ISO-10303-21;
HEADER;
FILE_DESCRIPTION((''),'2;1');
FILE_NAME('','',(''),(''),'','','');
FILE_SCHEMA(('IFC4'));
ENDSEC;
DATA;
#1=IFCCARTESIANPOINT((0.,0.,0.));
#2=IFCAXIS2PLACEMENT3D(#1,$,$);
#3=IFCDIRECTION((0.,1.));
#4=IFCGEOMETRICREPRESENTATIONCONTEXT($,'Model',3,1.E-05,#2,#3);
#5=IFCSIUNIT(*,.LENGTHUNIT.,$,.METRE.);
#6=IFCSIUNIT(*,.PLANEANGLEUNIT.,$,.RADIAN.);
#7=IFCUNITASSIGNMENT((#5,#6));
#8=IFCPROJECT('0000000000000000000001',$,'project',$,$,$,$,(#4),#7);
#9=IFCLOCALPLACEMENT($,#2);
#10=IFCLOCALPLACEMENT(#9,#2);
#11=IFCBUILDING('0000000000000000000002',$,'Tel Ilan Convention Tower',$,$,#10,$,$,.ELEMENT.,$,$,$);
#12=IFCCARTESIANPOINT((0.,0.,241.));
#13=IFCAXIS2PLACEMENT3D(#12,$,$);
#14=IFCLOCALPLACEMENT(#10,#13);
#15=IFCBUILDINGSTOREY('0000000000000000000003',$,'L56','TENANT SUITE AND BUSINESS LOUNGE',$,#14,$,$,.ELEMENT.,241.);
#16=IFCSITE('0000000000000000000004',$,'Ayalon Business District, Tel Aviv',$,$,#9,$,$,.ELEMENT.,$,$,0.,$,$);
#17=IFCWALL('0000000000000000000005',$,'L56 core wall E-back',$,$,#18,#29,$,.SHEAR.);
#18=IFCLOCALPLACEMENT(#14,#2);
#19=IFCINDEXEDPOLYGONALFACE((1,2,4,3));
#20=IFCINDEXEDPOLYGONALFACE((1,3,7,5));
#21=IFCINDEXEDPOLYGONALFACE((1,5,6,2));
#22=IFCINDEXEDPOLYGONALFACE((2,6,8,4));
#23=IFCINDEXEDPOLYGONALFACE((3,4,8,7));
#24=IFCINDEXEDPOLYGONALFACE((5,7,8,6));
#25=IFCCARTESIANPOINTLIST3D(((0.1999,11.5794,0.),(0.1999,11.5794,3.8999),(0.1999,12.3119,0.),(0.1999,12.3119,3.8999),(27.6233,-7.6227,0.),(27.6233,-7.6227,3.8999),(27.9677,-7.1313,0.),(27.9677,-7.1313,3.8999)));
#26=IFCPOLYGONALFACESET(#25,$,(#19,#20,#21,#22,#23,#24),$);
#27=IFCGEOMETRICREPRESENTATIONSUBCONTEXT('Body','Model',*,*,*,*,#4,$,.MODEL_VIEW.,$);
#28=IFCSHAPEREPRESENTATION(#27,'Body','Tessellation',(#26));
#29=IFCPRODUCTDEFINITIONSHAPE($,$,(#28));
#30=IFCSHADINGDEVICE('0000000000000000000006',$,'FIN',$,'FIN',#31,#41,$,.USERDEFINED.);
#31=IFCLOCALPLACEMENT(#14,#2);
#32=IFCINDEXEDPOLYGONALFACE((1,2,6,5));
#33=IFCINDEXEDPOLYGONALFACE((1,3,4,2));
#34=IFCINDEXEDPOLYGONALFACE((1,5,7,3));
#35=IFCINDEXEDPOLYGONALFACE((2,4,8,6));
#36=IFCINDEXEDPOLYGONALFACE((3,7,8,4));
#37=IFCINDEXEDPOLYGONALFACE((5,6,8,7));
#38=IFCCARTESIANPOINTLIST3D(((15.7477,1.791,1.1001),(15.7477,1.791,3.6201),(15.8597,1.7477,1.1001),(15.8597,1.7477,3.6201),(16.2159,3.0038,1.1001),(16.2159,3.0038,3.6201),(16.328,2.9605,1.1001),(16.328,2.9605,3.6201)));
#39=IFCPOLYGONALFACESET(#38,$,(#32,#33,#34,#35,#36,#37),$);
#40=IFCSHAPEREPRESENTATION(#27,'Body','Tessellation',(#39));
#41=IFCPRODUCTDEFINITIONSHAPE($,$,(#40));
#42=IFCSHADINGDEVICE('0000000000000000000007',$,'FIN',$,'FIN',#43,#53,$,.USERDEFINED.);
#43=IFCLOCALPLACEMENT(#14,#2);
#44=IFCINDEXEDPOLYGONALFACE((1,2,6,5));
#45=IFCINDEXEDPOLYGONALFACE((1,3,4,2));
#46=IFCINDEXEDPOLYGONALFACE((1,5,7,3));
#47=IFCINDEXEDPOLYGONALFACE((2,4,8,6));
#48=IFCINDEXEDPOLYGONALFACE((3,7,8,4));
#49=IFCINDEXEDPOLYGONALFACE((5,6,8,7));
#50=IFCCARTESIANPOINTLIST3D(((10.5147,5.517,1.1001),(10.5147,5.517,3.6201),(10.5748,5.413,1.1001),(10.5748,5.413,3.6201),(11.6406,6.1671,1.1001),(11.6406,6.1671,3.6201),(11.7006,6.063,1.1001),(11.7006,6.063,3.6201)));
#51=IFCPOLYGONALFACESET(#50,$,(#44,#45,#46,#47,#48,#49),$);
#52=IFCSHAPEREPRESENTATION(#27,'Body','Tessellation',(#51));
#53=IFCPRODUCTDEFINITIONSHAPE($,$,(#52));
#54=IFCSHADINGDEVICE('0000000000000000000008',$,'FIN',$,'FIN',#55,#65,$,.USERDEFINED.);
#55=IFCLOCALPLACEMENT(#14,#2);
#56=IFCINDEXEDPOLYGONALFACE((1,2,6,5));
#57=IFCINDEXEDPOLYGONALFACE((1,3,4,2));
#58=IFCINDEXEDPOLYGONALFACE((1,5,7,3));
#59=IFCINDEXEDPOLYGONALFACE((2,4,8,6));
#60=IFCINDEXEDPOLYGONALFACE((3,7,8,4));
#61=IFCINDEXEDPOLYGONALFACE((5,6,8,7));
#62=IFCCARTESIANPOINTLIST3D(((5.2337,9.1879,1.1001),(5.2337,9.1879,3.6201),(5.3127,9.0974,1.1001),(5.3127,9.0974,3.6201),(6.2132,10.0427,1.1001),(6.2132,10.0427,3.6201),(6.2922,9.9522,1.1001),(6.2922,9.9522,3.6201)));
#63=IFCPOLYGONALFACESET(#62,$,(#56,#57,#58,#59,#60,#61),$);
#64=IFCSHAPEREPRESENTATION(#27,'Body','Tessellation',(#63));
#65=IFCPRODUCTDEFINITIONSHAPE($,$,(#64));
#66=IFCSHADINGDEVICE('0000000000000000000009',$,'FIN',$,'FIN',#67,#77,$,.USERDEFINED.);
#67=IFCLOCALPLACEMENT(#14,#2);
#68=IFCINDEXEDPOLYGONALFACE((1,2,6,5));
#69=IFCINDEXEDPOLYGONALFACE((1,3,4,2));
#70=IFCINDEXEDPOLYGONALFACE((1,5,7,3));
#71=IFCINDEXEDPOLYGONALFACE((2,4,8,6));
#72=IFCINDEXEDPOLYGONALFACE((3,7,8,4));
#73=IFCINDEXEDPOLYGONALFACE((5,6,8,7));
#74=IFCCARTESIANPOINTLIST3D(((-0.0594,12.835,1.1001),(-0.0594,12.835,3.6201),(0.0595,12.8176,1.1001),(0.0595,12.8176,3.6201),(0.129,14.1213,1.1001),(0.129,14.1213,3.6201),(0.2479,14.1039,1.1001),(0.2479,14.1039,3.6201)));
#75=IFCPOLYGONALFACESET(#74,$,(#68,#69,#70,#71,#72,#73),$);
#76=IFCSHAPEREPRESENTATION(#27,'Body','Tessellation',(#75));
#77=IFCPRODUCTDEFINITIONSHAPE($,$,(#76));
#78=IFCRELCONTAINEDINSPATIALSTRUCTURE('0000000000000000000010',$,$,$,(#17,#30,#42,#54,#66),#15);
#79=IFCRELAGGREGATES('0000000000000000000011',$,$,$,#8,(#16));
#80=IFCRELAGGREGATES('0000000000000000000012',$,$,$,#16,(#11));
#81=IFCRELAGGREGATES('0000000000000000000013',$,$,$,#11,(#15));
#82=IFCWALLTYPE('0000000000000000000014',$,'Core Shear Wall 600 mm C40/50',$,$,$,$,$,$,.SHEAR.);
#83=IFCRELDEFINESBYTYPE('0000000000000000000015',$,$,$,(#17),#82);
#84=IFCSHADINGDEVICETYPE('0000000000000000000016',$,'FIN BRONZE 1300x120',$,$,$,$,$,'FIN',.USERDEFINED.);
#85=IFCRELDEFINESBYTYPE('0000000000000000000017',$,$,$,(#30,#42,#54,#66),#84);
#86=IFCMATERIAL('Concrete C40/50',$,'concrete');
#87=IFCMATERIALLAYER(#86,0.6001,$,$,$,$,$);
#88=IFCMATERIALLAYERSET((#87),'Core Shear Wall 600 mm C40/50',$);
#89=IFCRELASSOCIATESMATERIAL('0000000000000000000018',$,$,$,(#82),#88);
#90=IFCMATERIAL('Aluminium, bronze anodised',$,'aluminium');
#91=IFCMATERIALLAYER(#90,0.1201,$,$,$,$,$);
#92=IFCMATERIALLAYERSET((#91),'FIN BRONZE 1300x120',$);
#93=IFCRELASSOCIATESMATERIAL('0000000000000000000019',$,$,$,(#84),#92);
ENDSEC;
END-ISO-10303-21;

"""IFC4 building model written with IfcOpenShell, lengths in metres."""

from ifc_helpers import new_model, si_unit, direction, frame, origin, origin_2d, place, context, subcontext, project, spatial, polyline, rectangle, outline, extrude, material, layer, layer_set, type_object, element, save


model = new_model("IFC4")

# Units and contexts
model_context = context("Model", 3, precision=1e-05, world=origin(), true_north=direction((0.0, 1.0)))
body_context = subcontext(model_context, "Body", "Model", "MODEL_VIEW")
ifc_project = project(units=[si_unit("LENGTHUNIT", "METRE"), si_unit("PLANEANGLEUNIT", "RADIAN")], contexts=[model_context])

# Site, building, storey
site_placement = place(None, origin())
site = spatial("IfcSite", under=ifc_project, at=site_placement, Name="Ayalon Business District, Tel Aviv", CompositionType="ELEMENT", RefElevation=0.0)
building_placement = place(site_placement, origin())
building = spatial("IfcBuilding", under=site, at=building_placement, Name="Tel Ilan Convention Tower", CompositionType="ELEMENT")
storey_placement = place(building_placement, frame((0.0, 0.0, 241.0)))
storey = spatial("IfcBuildingStorey", under=building, at=storey_placement, Name="L56", Description="TENANT SUITE AND BUSINESS LOUNGE", CompositionType="ELEMENT", Elevation=241.0)

# Wall
ifc_material_1 = material(Name="Concrete C40/50", Category="concrete")
ifc_layer_1 = layer(ifc_material_1, 0.6001)
ifc_layer_set_1 = layer_set([ifc_layer_1], Name="Core Shear Wall 600 mm C40/50")
wall_type_1 = type_object("IfcWallType", Name="Core Shear Wall 600 mm C40/50", PredefinedType="SHEAR", material=ifc_layer_set_1)
wall_1_placement = place(storey_placement, frame((0.0278, 12.0662, 0.0), z_axis=(0.0, 0.0, 1.0), x_axis=(0.819151, -0.573577, 0.0)))
element("IfcWall", 1, at=wall_1_placement, inside=storey, type_object=wall_type_1, Name="L56 core wall E-back", PredefinedType="SHEAR", context=body_context, shape_type="SweptSolid", body=[
    extrude(outline(polyline([(33.8982, 0.3), (0.0, 0.3), (0.4202, -0.3), (33.8979, -0.3), (33.8982, 0.3)])), origin(), (0.0, 0.0, 1.0), 3.8999),
])

# Shading devices
ifc_material_2 = material(Name="Aluminium, bronze anodised", Category="aluminium")
ifc_layer_2 = layer(ifc_material_2, 0.1201)
ifc_layer_set_2 = layer_set([ifc_layer_2], Name="FIN BRONZE 1300x120")
shading_device_type = type_object("IfcShadingDeviceType", Name="FIN BRONZE 1300x120", ElementType="FIN", PredefinedType="USERDEFINED", material=ifc_layer_set_2)
for number, where, z_axis, x_axis, name in (
    (2, (16.0378, 2.3757, 1.1001), (0.0, 0.0, 1.0), (0.360178, 0.932884, 0.0), "FIN"),
    (3, (11.1077, 5.79, 1.1001), (0.0, 0.0, 1.0), (0.866025, 0.5, 0.0), "FIN"),
    (4, (5.7629, 9.5701, 1.1001), (0.0, 0.0, 1.0), (0.753436, 0.657521, 0.0), "FIN"),
    (5, (0.0942, 13.4695, 1.1001), (0.0, 0.0, 1.0), (0.144932, 0.989442, 0.0), "FIN"),
):
    element("IfcShadingDevice", number, at=place(storey_placement, frame(where, z_axis=z_axis, x_axis=x_axis)), inside=storey, type_object=shading_device_type, Name=name, ObjectType="FIN", PredefinedType="USERDEFINED", context=body_context, shape_type="SweptSolid", body=[
        extrude(rectangle(XDim=1.3, YDim=0.1201, at=origin_2d()), origin(), (0.0, 0.0, 1.0), 2.52),
    ])

save(model, "model.ifc")
